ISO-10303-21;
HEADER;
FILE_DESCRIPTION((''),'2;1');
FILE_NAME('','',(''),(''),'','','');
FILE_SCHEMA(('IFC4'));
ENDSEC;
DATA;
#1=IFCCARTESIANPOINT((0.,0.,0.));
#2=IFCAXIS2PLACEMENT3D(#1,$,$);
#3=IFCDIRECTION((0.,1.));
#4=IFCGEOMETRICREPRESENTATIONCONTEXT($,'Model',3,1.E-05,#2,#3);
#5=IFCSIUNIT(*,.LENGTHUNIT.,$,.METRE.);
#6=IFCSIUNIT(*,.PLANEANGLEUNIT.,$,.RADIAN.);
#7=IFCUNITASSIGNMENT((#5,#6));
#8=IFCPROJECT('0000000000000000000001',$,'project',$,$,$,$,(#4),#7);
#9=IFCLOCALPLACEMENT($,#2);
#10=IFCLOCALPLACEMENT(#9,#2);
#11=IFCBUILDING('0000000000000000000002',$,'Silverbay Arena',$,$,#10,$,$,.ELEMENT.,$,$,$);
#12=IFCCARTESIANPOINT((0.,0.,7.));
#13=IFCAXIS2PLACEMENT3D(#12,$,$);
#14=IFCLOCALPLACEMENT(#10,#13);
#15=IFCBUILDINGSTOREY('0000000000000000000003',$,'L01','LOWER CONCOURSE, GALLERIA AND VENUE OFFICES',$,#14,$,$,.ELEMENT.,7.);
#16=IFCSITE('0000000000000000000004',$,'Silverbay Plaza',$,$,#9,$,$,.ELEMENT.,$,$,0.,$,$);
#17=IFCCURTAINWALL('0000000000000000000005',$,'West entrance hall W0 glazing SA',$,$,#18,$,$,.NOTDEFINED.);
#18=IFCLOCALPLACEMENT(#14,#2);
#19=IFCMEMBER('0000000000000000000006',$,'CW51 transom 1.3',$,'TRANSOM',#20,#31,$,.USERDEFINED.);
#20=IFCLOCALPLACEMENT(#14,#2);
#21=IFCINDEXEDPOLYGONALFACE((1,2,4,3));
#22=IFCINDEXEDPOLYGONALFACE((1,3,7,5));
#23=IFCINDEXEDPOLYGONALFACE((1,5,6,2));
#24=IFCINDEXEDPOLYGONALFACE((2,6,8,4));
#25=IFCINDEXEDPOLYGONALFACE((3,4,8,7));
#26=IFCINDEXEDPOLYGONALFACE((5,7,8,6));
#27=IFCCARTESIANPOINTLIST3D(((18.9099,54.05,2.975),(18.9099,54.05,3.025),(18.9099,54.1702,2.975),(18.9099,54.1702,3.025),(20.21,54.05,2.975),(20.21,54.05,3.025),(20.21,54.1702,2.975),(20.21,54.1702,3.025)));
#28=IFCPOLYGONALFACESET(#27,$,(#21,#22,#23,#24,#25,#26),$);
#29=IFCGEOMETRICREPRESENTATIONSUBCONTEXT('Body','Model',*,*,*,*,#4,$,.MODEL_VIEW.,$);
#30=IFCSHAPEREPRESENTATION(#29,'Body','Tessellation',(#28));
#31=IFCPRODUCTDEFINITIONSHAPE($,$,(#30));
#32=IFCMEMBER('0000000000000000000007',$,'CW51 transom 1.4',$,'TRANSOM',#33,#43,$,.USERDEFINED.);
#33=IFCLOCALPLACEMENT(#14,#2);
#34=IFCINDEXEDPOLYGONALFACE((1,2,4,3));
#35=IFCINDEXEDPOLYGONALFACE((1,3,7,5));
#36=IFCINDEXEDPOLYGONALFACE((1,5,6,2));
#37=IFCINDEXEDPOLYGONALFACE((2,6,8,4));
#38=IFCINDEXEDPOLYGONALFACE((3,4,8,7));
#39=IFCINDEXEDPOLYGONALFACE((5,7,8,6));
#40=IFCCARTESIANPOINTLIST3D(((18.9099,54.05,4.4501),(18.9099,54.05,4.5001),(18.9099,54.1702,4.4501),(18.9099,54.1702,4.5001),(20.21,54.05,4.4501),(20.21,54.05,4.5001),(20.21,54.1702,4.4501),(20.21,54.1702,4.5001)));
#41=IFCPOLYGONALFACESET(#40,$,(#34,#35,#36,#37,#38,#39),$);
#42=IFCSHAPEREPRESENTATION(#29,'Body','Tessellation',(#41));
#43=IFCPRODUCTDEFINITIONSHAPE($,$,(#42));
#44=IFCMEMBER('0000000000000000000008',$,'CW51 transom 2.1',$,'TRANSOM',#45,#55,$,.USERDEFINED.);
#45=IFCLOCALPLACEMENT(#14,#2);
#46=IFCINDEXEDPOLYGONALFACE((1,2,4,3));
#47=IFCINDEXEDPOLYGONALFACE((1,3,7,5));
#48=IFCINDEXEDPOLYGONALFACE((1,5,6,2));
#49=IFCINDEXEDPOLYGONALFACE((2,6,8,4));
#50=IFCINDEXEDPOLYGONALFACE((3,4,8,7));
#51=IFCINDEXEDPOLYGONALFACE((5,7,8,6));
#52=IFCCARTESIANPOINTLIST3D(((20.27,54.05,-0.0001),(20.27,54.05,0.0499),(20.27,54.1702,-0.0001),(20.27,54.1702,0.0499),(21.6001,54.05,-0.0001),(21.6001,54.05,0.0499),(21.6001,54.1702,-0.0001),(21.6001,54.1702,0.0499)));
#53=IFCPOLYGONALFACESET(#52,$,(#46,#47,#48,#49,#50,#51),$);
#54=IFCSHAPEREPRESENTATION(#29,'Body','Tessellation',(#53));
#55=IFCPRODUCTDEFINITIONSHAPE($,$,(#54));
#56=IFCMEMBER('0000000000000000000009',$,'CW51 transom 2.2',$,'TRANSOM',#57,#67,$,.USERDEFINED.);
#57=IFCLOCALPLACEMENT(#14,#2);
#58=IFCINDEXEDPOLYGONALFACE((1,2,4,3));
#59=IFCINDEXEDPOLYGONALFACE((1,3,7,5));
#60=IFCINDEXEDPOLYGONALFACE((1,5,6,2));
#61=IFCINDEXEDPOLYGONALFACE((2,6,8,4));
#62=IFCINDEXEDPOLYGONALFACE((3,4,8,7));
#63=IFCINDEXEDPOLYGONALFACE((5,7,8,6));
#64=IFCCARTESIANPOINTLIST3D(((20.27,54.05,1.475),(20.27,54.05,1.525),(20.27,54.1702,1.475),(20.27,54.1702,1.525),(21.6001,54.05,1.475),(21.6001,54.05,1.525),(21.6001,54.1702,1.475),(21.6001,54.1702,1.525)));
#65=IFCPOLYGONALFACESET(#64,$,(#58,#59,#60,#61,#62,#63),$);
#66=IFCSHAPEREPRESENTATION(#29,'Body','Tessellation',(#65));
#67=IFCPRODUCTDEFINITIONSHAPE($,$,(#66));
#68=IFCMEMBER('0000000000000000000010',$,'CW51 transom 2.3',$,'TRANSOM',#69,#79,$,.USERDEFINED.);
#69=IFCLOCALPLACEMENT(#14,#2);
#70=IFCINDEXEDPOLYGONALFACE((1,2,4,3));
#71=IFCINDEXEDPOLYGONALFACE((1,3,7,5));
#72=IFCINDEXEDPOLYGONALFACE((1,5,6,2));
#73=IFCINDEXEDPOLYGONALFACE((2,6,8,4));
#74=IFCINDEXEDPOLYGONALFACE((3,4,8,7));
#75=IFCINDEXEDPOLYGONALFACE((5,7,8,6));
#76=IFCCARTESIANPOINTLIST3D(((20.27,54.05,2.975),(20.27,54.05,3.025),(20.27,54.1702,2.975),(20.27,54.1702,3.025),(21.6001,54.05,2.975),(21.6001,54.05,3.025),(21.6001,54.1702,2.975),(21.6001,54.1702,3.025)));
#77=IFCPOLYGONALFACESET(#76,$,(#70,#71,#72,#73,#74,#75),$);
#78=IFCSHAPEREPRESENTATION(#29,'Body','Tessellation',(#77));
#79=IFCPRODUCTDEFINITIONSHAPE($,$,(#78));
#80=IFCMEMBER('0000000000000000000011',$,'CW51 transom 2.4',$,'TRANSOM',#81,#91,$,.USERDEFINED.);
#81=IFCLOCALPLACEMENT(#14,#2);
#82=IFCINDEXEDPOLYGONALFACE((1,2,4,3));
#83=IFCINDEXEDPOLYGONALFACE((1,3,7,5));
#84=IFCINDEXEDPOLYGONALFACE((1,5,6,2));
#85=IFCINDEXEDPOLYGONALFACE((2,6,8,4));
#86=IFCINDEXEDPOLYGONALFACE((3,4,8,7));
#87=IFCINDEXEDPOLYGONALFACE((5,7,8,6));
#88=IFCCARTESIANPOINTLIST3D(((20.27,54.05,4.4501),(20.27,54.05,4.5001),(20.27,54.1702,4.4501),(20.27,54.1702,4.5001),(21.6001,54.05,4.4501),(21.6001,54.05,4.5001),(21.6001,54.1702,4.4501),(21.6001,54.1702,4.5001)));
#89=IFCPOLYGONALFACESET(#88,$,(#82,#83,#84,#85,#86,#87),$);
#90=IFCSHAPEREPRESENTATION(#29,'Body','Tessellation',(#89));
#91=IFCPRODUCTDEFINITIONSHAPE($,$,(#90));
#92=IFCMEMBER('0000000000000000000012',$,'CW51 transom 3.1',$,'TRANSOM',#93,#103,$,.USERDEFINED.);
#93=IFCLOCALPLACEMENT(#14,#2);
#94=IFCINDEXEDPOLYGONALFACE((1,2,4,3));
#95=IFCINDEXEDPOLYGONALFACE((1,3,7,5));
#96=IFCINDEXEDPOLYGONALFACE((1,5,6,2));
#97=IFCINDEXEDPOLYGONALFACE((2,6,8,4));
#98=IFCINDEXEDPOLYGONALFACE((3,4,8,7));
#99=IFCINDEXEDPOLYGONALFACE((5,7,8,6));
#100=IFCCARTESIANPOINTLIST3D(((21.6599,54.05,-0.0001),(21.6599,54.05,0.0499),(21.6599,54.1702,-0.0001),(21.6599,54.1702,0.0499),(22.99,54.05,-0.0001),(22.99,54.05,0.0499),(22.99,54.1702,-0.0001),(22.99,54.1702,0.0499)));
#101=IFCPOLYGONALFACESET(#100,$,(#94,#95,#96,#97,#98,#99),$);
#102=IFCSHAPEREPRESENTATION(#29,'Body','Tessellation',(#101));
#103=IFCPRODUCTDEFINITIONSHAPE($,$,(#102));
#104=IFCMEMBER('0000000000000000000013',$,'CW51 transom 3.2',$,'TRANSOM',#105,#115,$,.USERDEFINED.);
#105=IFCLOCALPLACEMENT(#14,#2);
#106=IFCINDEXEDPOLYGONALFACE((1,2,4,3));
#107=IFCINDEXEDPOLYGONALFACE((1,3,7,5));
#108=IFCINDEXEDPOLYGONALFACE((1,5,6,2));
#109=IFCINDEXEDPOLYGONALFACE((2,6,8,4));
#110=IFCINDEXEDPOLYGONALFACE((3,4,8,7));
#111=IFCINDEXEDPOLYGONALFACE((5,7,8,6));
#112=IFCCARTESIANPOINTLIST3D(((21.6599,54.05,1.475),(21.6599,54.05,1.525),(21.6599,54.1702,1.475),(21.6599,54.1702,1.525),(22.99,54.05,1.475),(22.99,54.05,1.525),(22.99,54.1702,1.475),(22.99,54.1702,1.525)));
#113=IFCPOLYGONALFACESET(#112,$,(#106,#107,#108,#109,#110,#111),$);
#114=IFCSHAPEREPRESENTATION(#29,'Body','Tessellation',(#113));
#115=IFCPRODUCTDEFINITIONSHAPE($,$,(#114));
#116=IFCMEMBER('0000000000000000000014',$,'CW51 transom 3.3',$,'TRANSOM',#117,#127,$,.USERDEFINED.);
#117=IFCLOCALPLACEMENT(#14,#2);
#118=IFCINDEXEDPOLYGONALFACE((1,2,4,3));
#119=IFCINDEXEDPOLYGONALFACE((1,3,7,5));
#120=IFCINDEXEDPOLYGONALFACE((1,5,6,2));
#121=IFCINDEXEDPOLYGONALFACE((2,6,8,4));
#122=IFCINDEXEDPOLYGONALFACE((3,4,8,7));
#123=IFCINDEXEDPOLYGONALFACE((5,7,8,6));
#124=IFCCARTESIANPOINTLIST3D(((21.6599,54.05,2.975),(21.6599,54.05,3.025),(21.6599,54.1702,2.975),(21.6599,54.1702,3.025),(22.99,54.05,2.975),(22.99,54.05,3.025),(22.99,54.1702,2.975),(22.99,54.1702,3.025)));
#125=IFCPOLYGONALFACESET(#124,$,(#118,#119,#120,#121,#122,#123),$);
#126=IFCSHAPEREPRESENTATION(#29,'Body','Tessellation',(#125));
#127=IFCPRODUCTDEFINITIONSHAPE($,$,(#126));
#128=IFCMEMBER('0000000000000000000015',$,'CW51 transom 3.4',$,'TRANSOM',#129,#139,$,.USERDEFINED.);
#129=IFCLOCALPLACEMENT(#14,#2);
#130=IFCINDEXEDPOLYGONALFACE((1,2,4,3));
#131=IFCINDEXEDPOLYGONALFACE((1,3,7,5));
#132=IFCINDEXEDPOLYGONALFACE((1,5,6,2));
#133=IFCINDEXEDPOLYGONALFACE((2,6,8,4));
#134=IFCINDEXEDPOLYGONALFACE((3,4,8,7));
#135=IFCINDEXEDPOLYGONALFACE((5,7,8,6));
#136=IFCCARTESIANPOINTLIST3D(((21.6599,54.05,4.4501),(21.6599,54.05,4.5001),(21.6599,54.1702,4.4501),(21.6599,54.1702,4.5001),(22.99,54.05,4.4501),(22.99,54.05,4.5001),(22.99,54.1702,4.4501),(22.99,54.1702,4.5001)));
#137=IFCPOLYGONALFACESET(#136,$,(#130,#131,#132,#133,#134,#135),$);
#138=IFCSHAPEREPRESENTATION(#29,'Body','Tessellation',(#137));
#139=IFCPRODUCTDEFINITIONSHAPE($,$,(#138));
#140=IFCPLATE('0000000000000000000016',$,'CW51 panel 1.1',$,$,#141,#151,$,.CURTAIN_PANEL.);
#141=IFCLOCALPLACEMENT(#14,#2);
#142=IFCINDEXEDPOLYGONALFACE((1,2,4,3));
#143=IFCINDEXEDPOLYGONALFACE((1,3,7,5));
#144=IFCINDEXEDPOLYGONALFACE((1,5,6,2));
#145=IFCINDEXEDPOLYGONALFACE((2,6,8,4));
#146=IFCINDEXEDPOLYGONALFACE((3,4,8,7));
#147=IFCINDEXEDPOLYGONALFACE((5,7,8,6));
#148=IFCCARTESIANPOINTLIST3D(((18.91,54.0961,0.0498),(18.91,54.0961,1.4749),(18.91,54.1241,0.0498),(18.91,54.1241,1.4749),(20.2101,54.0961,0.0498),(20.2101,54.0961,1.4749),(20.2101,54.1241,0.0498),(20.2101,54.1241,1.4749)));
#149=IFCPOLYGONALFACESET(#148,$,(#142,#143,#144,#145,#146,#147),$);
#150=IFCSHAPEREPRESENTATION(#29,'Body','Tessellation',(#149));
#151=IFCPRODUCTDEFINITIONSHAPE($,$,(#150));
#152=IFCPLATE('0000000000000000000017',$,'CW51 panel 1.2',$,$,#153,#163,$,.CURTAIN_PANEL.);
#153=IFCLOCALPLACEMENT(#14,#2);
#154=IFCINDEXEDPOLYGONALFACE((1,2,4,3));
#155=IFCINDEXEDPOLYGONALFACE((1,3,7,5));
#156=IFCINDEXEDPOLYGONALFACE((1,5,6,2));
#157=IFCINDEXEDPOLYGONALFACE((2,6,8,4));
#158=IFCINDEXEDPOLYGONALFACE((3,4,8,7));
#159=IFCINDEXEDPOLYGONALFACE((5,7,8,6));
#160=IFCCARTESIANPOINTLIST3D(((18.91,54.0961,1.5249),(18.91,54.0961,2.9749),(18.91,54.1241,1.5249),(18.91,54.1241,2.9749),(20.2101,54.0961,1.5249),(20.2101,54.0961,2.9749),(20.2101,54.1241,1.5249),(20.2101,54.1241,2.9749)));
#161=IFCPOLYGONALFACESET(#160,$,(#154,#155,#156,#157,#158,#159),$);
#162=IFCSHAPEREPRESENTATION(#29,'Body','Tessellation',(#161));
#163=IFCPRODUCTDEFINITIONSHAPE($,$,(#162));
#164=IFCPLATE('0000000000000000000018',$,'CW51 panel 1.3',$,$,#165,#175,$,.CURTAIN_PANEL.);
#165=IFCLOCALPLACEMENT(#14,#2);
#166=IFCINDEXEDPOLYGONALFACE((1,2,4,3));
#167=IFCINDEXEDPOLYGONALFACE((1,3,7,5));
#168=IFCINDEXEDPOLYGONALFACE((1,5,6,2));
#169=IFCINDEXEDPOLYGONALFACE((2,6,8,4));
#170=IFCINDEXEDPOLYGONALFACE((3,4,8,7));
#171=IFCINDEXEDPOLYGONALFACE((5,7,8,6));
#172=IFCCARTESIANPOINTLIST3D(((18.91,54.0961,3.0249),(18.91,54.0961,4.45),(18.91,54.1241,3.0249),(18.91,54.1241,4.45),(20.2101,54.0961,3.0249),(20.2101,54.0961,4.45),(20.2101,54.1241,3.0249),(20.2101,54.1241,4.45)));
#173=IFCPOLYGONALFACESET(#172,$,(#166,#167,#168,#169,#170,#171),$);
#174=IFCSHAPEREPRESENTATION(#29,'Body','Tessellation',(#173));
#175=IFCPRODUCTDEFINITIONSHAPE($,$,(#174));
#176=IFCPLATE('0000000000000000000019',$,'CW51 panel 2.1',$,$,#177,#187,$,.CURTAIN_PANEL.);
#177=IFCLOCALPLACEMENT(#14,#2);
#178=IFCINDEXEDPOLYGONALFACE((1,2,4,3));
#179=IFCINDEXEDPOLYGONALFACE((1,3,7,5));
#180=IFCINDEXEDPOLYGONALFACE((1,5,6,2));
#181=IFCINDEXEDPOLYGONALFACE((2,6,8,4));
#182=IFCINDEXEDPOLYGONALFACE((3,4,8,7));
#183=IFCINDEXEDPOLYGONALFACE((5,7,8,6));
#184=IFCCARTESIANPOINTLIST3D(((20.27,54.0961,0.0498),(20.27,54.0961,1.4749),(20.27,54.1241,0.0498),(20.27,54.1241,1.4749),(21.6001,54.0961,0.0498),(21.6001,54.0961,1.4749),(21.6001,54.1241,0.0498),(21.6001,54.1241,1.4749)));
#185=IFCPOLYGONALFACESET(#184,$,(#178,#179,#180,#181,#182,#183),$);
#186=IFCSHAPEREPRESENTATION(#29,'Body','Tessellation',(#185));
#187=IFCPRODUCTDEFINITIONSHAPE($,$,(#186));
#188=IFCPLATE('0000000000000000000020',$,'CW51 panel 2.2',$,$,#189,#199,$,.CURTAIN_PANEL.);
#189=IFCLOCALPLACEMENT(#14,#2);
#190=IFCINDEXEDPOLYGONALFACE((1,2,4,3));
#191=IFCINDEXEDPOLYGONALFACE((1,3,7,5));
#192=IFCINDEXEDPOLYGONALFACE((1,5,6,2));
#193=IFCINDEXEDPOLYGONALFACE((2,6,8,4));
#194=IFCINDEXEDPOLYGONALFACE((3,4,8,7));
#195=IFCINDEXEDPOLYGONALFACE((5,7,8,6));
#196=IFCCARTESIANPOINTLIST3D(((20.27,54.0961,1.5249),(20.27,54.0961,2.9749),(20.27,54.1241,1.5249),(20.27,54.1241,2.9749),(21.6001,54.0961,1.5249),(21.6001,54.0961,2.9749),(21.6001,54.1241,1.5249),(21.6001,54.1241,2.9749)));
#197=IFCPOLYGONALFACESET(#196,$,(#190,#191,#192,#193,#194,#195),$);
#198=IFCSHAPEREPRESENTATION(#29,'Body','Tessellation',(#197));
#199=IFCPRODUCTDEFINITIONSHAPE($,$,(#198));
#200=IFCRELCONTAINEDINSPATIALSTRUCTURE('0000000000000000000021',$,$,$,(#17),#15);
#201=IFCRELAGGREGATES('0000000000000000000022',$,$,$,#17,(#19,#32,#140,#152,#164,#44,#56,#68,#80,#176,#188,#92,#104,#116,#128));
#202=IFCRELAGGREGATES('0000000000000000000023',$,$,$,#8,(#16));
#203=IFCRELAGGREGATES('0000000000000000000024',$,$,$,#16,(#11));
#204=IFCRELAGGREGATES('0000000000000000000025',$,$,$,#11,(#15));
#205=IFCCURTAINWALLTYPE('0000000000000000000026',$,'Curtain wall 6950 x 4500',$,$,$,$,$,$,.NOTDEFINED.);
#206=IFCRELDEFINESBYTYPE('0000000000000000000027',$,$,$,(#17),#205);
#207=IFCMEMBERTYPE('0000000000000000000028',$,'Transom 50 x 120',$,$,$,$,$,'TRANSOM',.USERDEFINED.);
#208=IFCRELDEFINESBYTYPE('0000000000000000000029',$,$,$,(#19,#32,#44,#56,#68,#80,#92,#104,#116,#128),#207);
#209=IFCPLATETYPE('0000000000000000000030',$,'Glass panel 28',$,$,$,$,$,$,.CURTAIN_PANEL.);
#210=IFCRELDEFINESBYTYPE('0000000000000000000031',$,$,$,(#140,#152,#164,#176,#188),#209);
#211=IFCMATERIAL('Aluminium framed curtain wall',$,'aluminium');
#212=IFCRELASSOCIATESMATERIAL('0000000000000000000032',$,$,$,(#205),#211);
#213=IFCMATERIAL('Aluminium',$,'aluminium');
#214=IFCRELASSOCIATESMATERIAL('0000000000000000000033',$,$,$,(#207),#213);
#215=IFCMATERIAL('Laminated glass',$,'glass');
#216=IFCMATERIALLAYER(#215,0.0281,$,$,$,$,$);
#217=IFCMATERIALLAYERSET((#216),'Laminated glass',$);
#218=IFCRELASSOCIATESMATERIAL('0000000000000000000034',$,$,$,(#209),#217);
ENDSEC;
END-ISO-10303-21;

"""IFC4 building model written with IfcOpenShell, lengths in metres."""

from ifc_helpers import new_model, si_unit, direction, frame, origin, origin_2d, place, context, subcontext, project, spatial, rectangle, extrude, material, layer, layer_set, material_profile, profile_set, type_object, element, aggregate, save


model = new_model("IFC4")

# Units and contexts
model_context = context("Model", 3, precision=1e-05, world=origin(), true_north=direction((0.0, 1.0)))
body_context = subcontext(model_context, "Body", "Model", "MODEL_VIEW")
ifc_project = project(units=[si_unit("LENGTHUNIT", "METRE"), si_unit("PLANEANGLEUNIT", "RADIAN")], contexts=[model_context])

# Site, building, storey
site_placement = place(None, origin())
site = spatial("IfcSite", under=ifc_project, at=site_placement, Name="Silverbay Plaza", CompositionType="ELEMENT", RefElevation=0.0)
building_placement = place(site_placement, origin())
building = spatial("IfcBuilding", under=site, at=building_placement, Name="Silverbay Arena", CompositionType="ELEMENT")
storey_placement = place(building_placement, frame((0.0, 0.0, 7.0)))
storey = spatial("IfcBuildingStorey", under=building, at=storey_placement, Name="L01", Description="LOWER CONCOURSE, GALLERIA AND VENUE OFFICES", CompositionType="ELEMENT", Elevation=7.0)

# Curtain wall
ifc_material_1 = material(Name="Aluminium framed curtain wall", Category="aluminium")
curtain_wall_type = type_object("IfcCurtainWallType", Name="Curtain wall 6950 x 4500", PredefinedType="NOTDEFINED", material=ifc_material_1)
curtain_wall_placement = place(storey_placement, origin())
curtain_wall = element("IfcCurtainWall", 1, at=curtain_wall_placement, inside=storey, type_object=curtain_wall_type, Name="West entrance hall W0 glazing SA", PredefinedType="NOTDEFINED")

# Members
ifc_material_2 = material(Name="Aluminium", Category="aluminium")
ifc_material_profile_1 = material_profile(ifc_material_2, rectangle(XDim=0.1201, YDim=0.05, at=origin_2d()), Name="Transom 50 x 120")
ifc_profile_set_1 = profile_set([ifc_material_profile_1], Name="Aluminium")
member_type_1 = type_object("IfcMemberType", Name="Transom 50 x 120", ElementType="TRANSOM", PredefinedType="USERDEFINED", material=ifc_profile_set_1)
member_1_placement = place(storey_placement, frame((18.9099, 54.1101, 3.0), z_axis=(1.0, 0.0, 0.0), x_axis=(0.0, 1.0, 0.0)))
member_1 = element("IfcMember", 2, at=member_1_placement, type_object=member_type_1, Name="CW51 transom 1.3", ObjectType="TRANSOM", PredefinedType="USERDEFINED", context=body_context, shape_type="SweptSolid", body=[
    extrude(rectangle(XDim=0.1201, YDim=0.05, at=origin_2d()), origin(), (0.0, 0.0, 1.0), 1.3),
])
member_2_placement = place(storey_placement, frame((18.9099, 54.1101, 4.4751), z_axis=(1.0, 0.0, 0.0), x_axis=(0.0, 1.0, 0.0)))
member_2 = element("IfcMember", 3, at=member_2_placement, type_object=member_type_1, Name="CW51 transom 1.4", ObjectType="TRANSOM", PredefinedType="USERDEFINED", context=body_context, shape_type="SweptSolid", body=[
    extrude(rectangle(XDim=0.1201, YDim=0.05, at=origin_2d()), origin(), (0.0, 0.0, 1.0), 1.3),
])
member_3_placement = place(storey_placement, frame((20.27, 54.1101, 0.0249), z_axis=(1.0, 0.0, 0.0), x_axis=(0.0, 1.0, 0.0)))
member_3 = element("IfcMember", 4, at=member_3_placement, type_object=member_type_1, Name="CW51 transom 2.1", ObjectType="TRANSOM", PredefinedType="USERDEFINED", context=body_context, shape_type="SweptSolid", body=[
    extrude(rectangle(XDim=0.1201, YDim=0.05, at=origin_2d()), origin(), (0.0, 0.0, 1.0), 1.3301),
])
member_4_placement = place(storey_placement, frame((20.27, 54.1101, 1.5), z_axis=(1.0, 0.0, 0.0), x_axis=(0.0, 1.0, 0.0)))
member_4 = element("IfcMember", 5, at=member_4_placement, type_object=member_type_1, Name="CW51 transom 2.2", ObjectType="TRANSOM", PredefinedType="USERDEFINED", context=body_context, shape_type="SweptSolid", body=[
    extrude(rectangle(XDim=0.1201, YDim=0.05, at=origin_2d()), origin(), (0.0, 0.0, 1.0), 1.3301),
])
member_5_placement = place(storey_placement, frame((20.27, 54.1101, 3.0), z_axis=(1.0, 0.0, 0.0), x_axis=(0.0, 1.0, 0.0)))
member_5 = element("IfcMember", 6, at=member_5_placement, type_object=member_type_1, Name="CW51 transom 2.3", ObjectType="TRANSOM", PredefinedType="USERDEFINED", context=body_context, shape_type="SweptSolid", body=[
    extrude(rectangle(XDim=0.1201, YDim=0.05, at=origin_2d()), origin(), (0.0, 0.0, 1.0), 1.3301),
])
member_6_placement = place(storey_placement, frame((20.27, 54.1101, 4.4751), z_axis=(1.0, 0.0, 0.0), x_axis=(0.0, 1.0, 0.0)))
member_6 = element("IfcMember", 7, at=member_6_placement, type_object=member_type_1, Name="CW51 transom 2.4", ObjectType="TRANSOM", PredefinedType="USERDEFINED", context=body_context, shape_type="SweptSolid", body=[
    extrude(rectangle(XDim=0.1201, YDim=0.05, at=origin_2d()), origin(), (0.0, 0.0, 1.0), 1.3301),
])
member_7_placement = place(storey_placement, frame((21.6599, 54.1101, 0.0249), z_axis=(1.0, 0.0, 0.0), x_axis=(0.0, 1.0, 0.0)))
member_7 = element("IfcMember", 8, at=member_7_placement, type_object=member_type_1, Name="CW51 transom 3.1", ObjectType="TRANSOM", PredefinedType="USERDEFINED", context=body_context, shape_type="SweptSolid", body=[
    extrude(rectangle(XDim=0.1201, YDim=0.05, at=origin_2d()), origin(), (0.0, 0.0, 1.0), 1.3301),
])
member_8_placement = place(storey_placement, frame((21.6599, 54.1101, 1.5), z_axis=(1.0, 0.0, 0.0), x_axis=(0.0, 1.0, 0.0)))
member_8 = element("IfcMember", 9, at=member_8_placement, type_object=member_type_1, Name="CW51 transom 3.2", ObjectType="TRANSOM", PredefinedType="USERDEFINED", context=body_context, shape_type="SweptSolid", body=[
    extrude(rectangle(XDim=0.1201, YDim=0.05, at=origin_2d()), origin(), (0.0, 0.0, 1.0), 1.3301),
])
member_9_placement = place(storey_placement, frame((21.6599, 54.1101, 3.0), z_axis=(1.0, 0.0, 0.0), x_axis=(0.0, 1.0, 0.0)))
member_9 = element("IfcMember", 10, at=member_9_placement, type_object=member_type_1, Name="CW51 transom 3.3", ObjectType="TRANSOM", PredefinedType="USERDEFINED", context=body_context, shape_type="SweptSolid", body=[
    extrude(rectangle(XDim=0.1201, YDim=0.05, at=origin_2d()), origin(), (0.0, 0.0, 1.0), 1.3301),
])
member_10_placement = place(storey_placement, frame((21.6599, 54.1101, 4.4751), z_axis=(1.0, 0.0, 0.0), x_axis=(0.0, 1.0, 0.0)))
member_10 = element("IfcMember", 11, at=member_10_placement, type_object=member_type_1, Name="CW51 transom 3.4", ObjectType="TRANSOM", PredefinedType="USERDEFINED", context=body_context, shape_type="SweptSolid", body=[
    extrude(rectangle(XDim=0.1201, YDim=0.05, at=origin_2d()), origin(), (0.0, 0.0, 1.0), 1.3301),
])

# Plates
ifc_material_3 = material(Name="Laminated glass", Category="glass")
ifc_layer = layer(ifc_material_3, 0.0281)
ifc_layer_set = layer_set([ifc_layer], Name="Laminated glass")
plate_type = type_object("IfcPlateType", Name="Glass panel 28", PredefinedType="CURTAIN_PANEL", material=ifc_layer_set)
plate_1_placement = place(storey_placement, frame((19.5601, 54.1101, 0.0498), z_axis=(0.0, 0.0, 1.0), x_axis=(1.0, 0.0, 0.0)))
plate_1 = element("IfcPlate", 12, at=plate_1_placement, type_object=plate_type, Name="CW51 panel 1.1", PredefinedType="CURTAIN_PANEL", context=body_context, shape_type="SweptSolid", body=[
    extrude(rectangle(XDim=1.3, YDim=0.0281, at=origin_2d()), origin(), (0.0, 0.0, 1.0), 1.425),
])
plate_2_placement = place(storey_placement, frame((19.5601, 54.1101, 1.5249), z_axis=(0.0, 0.0, 1.0), x_axis=(1.0, 0.0, 0.0)))
plate_2 = element("IfcPlate", 13, at=plate_2_placement, type_object=plate_type, Name="CW51 panel 1.2", PredefinedType="CURTAIN_PANEL", context=body_context, shape_type="SweptSolid", body=[
    extrude(rectangle(XDim=1.3, YDim=0.0281, at=origin_2d()), origin(), (0.0, 0.0, 1.0), 1.45),
])
plate_3_placement = place(storey_placement, frame((19.5601, 54.1101, 3.0249), z_axis=(0.0, 0.0, 1.0), x_axis=(1.0, 0.0, 0.0)))
plate_3 = element("IfcPlate", 14, at=plate_3_placement, type_object=plate_type, Name="CW51 panel 1.3", PredefinedType="CURTAIN_PANEL", context=body_context, shape_type="SweptSolid", body=[
    extrude(rectangle(XDim=1.3, YDim=0.0281, at=origin_2d()), origin(), (0.0, 0.0, 1.0), 1.425),
])
plate_4_placement = place(storey_placement, frame((20.9351, 54.1101, 0.0498), z_axis=(0.0, 0.0, 1.0), x_axis=(1.0, 0.0, 0.0)))
plate_4 = element("IfcPlate", 15, at=plate_4_placement, type_object=plate_type, Name="CW51 panel 2.1", PredefinedType="CURTAIN_PANEL", context=body_context, shape_type="SweptSolid", body=[
    extrude(rectangle(XDim=1.3301, YDim=0.0281, at=origin_2d()), origin(), (0.0, 0.0, 1.0), 1.425),
])
plate_5_placement = place(storey_placement, frame((20.9351, 54.1101, 1.5249), z_axis=(0.0, 0.0, 1.0), x_axis=(1.0, 0.0, 0.0)))
plate_5 = element("IfcPlate", 16, at=plate_5_placement, type_object=plate_type, Name="CW51 panel 2.2", PredefinedType="CURTAIN_PANEL", context=body_context, shape_type="SweptSolid", body=[
    extrude(rectangle(XDim=1.3301, YDim=0.0281, at=origin_2d()), origin(), (0.0, 0.0, 1.0), 1.45),
])
aggregate(curtain_wall, [member_1, member_2, plate_1, plate_2, plate_3, member_3, member_4, member_5, member_6, plate_4, plate_5, member_7, member_8, member_9, member_10])

save(model, "model.ifc")
